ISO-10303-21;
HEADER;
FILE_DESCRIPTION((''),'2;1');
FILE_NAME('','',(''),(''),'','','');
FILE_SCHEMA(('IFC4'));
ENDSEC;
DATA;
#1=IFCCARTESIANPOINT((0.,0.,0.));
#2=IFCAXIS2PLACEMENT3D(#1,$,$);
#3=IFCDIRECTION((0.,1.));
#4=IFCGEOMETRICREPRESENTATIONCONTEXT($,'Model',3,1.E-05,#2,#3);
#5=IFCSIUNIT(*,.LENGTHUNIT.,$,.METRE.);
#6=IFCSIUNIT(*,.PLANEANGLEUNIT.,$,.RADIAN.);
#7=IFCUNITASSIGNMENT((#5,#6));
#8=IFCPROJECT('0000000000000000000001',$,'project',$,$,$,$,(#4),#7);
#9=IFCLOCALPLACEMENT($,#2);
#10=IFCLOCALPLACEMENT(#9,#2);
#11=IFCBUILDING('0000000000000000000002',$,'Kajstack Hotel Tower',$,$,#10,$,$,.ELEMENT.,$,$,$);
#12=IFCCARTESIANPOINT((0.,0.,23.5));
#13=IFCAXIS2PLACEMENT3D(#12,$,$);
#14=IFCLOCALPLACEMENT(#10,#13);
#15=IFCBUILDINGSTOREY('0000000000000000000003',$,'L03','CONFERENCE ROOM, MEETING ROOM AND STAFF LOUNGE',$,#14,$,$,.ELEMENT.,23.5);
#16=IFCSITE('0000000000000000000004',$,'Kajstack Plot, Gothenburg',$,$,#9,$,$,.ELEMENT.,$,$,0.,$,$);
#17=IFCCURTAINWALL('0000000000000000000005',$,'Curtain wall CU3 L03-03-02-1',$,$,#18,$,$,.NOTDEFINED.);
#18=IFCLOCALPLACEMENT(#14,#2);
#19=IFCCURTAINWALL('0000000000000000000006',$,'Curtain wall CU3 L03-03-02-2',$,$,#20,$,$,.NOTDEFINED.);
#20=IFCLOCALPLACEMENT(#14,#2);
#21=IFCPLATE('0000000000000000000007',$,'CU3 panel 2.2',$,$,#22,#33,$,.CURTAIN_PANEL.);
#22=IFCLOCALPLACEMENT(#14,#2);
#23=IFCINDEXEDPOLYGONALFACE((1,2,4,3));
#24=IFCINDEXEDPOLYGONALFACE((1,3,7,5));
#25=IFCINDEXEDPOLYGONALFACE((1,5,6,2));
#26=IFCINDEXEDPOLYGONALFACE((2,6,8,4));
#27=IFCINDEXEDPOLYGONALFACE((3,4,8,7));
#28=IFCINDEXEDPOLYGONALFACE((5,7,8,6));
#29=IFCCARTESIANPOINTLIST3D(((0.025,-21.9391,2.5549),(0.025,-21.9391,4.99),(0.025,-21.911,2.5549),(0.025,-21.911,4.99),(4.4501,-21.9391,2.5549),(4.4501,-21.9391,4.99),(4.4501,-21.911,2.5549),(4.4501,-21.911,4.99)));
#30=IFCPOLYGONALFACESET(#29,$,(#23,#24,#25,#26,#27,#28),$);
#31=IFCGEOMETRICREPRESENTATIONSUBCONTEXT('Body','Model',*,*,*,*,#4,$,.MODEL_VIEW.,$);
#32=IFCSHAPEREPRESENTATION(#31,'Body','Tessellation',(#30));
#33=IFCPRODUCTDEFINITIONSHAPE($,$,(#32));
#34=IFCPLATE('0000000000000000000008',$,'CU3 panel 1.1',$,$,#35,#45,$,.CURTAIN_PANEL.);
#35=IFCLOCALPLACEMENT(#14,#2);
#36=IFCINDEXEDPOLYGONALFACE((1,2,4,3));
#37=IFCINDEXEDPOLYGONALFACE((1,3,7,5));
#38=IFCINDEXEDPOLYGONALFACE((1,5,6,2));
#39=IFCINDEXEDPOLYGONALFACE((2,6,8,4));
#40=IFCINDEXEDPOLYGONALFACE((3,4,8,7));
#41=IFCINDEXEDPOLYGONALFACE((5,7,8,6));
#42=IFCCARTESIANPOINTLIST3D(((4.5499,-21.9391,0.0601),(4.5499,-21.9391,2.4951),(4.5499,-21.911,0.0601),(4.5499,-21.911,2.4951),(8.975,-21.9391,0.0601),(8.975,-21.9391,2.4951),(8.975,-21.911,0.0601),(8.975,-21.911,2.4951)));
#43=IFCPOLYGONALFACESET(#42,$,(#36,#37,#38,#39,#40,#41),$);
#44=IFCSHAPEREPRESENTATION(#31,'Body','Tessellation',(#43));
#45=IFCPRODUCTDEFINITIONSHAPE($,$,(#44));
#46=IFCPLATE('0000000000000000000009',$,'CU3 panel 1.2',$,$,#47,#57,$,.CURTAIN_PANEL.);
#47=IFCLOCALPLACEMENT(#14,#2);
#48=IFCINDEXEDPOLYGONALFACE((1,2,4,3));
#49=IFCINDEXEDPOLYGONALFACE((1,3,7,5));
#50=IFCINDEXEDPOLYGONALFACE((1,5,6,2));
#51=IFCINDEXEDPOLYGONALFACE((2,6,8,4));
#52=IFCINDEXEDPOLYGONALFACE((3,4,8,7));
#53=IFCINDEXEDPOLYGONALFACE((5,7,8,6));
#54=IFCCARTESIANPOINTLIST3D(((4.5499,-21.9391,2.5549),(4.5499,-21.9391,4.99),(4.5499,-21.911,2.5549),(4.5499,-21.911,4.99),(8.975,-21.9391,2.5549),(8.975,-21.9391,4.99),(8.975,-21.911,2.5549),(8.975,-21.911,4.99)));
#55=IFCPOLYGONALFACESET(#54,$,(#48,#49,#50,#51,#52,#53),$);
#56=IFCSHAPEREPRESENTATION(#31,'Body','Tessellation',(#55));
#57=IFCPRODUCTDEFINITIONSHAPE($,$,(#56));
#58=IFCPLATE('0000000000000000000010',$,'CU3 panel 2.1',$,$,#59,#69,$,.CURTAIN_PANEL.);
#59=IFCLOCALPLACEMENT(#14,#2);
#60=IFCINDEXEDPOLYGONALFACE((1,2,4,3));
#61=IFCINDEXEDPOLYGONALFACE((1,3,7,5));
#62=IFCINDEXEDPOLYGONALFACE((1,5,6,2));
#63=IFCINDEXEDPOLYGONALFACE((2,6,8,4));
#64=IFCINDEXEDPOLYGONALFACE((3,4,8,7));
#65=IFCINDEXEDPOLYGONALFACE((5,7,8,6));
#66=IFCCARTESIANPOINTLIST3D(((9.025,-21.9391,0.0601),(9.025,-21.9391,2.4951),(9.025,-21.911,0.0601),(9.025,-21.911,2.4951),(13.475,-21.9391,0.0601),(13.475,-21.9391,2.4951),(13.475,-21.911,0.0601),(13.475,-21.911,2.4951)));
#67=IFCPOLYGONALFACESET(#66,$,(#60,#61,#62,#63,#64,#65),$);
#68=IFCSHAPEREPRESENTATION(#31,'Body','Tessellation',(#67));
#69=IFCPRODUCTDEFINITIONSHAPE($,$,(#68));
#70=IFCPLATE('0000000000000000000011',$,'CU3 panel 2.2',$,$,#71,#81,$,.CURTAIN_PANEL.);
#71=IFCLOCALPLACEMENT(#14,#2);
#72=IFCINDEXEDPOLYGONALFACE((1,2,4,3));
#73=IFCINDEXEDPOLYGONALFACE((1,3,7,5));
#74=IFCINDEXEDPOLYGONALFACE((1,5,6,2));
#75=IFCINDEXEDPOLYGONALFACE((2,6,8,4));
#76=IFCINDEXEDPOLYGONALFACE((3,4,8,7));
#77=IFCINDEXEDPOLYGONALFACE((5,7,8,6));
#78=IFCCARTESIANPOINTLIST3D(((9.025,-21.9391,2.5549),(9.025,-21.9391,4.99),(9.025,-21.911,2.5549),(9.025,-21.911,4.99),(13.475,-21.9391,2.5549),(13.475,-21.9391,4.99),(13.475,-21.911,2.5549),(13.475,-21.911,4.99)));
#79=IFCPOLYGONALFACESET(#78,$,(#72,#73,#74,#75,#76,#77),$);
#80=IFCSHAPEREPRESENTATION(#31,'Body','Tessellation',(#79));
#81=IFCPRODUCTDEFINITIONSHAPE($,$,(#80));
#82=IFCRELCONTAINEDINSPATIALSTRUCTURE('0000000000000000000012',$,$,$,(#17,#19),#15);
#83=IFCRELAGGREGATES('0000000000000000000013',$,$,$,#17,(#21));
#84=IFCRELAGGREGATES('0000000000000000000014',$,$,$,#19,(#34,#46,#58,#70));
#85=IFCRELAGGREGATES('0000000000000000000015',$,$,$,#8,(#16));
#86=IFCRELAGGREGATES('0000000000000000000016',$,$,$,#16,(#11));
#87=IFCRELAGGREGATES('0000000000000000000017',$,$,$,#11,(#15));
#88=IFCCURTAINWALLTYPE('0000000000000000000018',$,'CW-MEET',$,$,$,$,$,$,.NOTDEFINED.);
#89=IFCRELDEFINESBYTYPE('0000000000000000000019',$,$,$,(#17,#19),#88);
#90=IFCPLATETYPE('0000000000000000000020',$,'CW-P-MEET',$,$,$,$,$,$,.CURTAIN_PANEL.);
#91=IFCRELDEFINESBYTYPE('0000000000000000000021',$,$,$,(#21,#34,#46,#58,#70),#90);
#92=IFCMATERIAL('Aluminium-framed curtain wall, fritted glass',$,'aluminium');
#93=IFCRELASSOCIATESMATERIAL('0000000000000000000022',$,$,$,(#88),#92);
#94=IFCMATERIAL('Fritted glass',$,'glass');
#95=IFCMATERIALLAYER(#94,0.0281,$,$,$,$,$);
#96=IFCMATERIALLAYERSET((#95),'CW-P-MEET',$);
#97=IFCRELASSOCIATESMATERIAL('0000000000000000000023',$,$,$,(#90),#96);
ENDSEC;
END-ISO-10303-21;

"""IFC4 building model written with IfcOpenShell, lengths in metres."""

from ifc_helpers import new_model, si_unit, direction, frame, origin, origin_2d, place, context, subcontext, project, spatial, rectangle, extrude, material, layer, layer_set, type_object, element, aggregate, save


model = new_model("IFC4")

# Units and contexts
model_context = context("Model", 3, precision=1e-05, world=origin(), true_north=direction((0.0, 1.0)))
body_context = subcontext(model_context, "Body", "Model", "MODEL_VIEW")
ifc_project = project(units=[si_unit("LENGTHUNIT", "METRE"), si_unit("PLANEANGLEUNIT", "RADIAN")], contexts=[model_context])

# Site, building, storey
site_placement = place(None, origin())
site = spatial("IfcSite", under=ifc_project, at=site_placement, Name="Kajstack Plot, Gothenburg", CompositionType="ELEMENT", RefElevation=0.0)
building_placement = place(site_placement, origin())
building = spatial("IfcBuilding", under=site, at=building_placement, Name="Kajstack Hotel Tower", CompositionType="ELEMENT")
storey_placement = place(building_placement, frame((0.0, 0.0, 23.5)))
storey = spatial("IfcBuildingStorey", under=building, at=storey_placement, Name="L03", Description="CONFERENCE ROOM, MEETING ROOM AND STAFF LOUNGE", CompositionType="ELEMENT", Elevation=23.5)

# Curtain wall
ifc_material_1 = material(Name="Aluminium-framed curtain wall, fritted glass", Category="aluminium")
curtain_wall_type = type_object("IfcCurtainWallType", Name="CW-MEET", PredefinedType="NOTDEFINED", material=ifc_material_1)
curtain_wall_1_placement = place(storey_placement, origin())
curtain_wall_1 = element("IfcCurtainWall", 1, at=curtain_wall_1_placement, inside=storey, type_object=curtain_wall_type, Name="Curtain wall CU3 L03-03-02-1", PredefinedType="NOTDEFINED")

# Curtain wall
curtain_wall_2_placement = place(storey_placement, origin())
curtain_wall_2 = element("IfcCurtainWall", 2, at=curtain_wall_2_placement, inside=storey, type_object=curtain_wall_type, Name="Curtain wall CU3 L03-03-02-2", PredefinedType="NOTDEFINED")

# Plates
ifc_material_2 = material(Name="Fritted glass", Category="glass")
ifc_layer = layer(ifc_material_2, 0.0281)
ifc_layer_set = layer_set([ifc_layer], Name="CW-P-MEET")
plate_type = type_object("IfcPlateType", Name="CW-P-MEET", PredefinedType="CURTAIN_PANEL", material=ifc_layer_set)
plate_1_placement = place(storey_placement, frame((2.2375, -21.925, 2.5549), z_axis=(0.0, 0.0, 1.0), x_axis=(1.0, 0.0, 0.0)))
plate_1 = element("IfcPlate", 3, at=plate_1_placement, type_object=plate_type, Name="CU3 panel 2.2", PredefinedType="CURTAIN_PANEL", context=body_context, shape_type="SweptSolid", body=[
    extrude(rectangle(XDim=4.425, YDim=0.0281, at=origin_2d()), origin(), (0.0, 0.0, 1.0), 2.4351),
])
aggregate(curtain_wall_1, [plate_1])
plate_2_placement = place(storey_placement, frame((6.7625, -21.925, 0.0601), z_axis=(0.0, 0.0, 1.0), x_axis=(1.0, 0.0, 0.0)))
plate_2 = element("IfcPlate", 4, at=plate_2_placement, type_object=plate_type, Name="CU3 panel 1.1", PredefinedType="CURTAIN_PANEL", context=body_context, shape_type="SweptSolid", body=[
    extrude(rectangle(XDim=4.425, YDim=0.0281, at=origin_2d()), origin(), (0.0, 0.0, 1.0), 2.4351),
])
plate_3_placement = place(storey_placement, frame((6.7625, -21.925, 2.5549), z_axis=(0.0, 0.0, 1.0), x_axis=(1.0, 0.0, 0.0)))
plate_3 = element("IfcPlate", 5, at=plate_3_placement, type_object=plate_type, Name="CU3 panel 1.2", PredefinedType="CURTAIN_PANEL", context=body_context, shape_type="SweptSolid", body=[
    extrude(rectangle(XDim=4.425, YDim=0.0281, at=origin_2d()), origin(), (0.0, 0.0, 1.0), 2.4351),
])
plate_4_placement = place(storey_placement, frame((11.25, -21.925, 0.0601), z_axis=(0.0, 0.0, 1.0), x_axis=(1.0, 0.0, 0.0)))
plate_4 = element("IfcPlate", 6, at=plate_4_placement, type_object=plate_type, Name="CU3 panel 2.1", PredefinedType="CURTAIN_PANEL", context=body_context, shape_type="SweptSolid", body=[
    extrude(rectangle(XDim=4.45, YDim=0.0281, at=origin_2d()), origin(), (0.0, 0.0, 1.0), 2.4351),
])
plate_5_placement = place(storey_placement, frame((11.25, -21.925, 2.5549), z_axis=(0.0, 0.0, 1.0), x_axis=(1.0, 0.0, 0.0)))
plate_5 = element("IfcPlate", 7, at=plate_5_placement, type_object=plate_type, Name="CU3 panel 2.2", PredefinedType="CURTAIN_PANEL", context=body_context, shape_type="SweptSolid", body=[
    extrude(rectangle(XDim=4.45, YDim=0.0281, at=origin_2d()), origin(), (0.0, 0.0, 1.0), 2.4351),
])
aggregate(curtain_wall_2, [plate_2, plate_3, plate_4, plate_5])

save(model, "model.ifc")
